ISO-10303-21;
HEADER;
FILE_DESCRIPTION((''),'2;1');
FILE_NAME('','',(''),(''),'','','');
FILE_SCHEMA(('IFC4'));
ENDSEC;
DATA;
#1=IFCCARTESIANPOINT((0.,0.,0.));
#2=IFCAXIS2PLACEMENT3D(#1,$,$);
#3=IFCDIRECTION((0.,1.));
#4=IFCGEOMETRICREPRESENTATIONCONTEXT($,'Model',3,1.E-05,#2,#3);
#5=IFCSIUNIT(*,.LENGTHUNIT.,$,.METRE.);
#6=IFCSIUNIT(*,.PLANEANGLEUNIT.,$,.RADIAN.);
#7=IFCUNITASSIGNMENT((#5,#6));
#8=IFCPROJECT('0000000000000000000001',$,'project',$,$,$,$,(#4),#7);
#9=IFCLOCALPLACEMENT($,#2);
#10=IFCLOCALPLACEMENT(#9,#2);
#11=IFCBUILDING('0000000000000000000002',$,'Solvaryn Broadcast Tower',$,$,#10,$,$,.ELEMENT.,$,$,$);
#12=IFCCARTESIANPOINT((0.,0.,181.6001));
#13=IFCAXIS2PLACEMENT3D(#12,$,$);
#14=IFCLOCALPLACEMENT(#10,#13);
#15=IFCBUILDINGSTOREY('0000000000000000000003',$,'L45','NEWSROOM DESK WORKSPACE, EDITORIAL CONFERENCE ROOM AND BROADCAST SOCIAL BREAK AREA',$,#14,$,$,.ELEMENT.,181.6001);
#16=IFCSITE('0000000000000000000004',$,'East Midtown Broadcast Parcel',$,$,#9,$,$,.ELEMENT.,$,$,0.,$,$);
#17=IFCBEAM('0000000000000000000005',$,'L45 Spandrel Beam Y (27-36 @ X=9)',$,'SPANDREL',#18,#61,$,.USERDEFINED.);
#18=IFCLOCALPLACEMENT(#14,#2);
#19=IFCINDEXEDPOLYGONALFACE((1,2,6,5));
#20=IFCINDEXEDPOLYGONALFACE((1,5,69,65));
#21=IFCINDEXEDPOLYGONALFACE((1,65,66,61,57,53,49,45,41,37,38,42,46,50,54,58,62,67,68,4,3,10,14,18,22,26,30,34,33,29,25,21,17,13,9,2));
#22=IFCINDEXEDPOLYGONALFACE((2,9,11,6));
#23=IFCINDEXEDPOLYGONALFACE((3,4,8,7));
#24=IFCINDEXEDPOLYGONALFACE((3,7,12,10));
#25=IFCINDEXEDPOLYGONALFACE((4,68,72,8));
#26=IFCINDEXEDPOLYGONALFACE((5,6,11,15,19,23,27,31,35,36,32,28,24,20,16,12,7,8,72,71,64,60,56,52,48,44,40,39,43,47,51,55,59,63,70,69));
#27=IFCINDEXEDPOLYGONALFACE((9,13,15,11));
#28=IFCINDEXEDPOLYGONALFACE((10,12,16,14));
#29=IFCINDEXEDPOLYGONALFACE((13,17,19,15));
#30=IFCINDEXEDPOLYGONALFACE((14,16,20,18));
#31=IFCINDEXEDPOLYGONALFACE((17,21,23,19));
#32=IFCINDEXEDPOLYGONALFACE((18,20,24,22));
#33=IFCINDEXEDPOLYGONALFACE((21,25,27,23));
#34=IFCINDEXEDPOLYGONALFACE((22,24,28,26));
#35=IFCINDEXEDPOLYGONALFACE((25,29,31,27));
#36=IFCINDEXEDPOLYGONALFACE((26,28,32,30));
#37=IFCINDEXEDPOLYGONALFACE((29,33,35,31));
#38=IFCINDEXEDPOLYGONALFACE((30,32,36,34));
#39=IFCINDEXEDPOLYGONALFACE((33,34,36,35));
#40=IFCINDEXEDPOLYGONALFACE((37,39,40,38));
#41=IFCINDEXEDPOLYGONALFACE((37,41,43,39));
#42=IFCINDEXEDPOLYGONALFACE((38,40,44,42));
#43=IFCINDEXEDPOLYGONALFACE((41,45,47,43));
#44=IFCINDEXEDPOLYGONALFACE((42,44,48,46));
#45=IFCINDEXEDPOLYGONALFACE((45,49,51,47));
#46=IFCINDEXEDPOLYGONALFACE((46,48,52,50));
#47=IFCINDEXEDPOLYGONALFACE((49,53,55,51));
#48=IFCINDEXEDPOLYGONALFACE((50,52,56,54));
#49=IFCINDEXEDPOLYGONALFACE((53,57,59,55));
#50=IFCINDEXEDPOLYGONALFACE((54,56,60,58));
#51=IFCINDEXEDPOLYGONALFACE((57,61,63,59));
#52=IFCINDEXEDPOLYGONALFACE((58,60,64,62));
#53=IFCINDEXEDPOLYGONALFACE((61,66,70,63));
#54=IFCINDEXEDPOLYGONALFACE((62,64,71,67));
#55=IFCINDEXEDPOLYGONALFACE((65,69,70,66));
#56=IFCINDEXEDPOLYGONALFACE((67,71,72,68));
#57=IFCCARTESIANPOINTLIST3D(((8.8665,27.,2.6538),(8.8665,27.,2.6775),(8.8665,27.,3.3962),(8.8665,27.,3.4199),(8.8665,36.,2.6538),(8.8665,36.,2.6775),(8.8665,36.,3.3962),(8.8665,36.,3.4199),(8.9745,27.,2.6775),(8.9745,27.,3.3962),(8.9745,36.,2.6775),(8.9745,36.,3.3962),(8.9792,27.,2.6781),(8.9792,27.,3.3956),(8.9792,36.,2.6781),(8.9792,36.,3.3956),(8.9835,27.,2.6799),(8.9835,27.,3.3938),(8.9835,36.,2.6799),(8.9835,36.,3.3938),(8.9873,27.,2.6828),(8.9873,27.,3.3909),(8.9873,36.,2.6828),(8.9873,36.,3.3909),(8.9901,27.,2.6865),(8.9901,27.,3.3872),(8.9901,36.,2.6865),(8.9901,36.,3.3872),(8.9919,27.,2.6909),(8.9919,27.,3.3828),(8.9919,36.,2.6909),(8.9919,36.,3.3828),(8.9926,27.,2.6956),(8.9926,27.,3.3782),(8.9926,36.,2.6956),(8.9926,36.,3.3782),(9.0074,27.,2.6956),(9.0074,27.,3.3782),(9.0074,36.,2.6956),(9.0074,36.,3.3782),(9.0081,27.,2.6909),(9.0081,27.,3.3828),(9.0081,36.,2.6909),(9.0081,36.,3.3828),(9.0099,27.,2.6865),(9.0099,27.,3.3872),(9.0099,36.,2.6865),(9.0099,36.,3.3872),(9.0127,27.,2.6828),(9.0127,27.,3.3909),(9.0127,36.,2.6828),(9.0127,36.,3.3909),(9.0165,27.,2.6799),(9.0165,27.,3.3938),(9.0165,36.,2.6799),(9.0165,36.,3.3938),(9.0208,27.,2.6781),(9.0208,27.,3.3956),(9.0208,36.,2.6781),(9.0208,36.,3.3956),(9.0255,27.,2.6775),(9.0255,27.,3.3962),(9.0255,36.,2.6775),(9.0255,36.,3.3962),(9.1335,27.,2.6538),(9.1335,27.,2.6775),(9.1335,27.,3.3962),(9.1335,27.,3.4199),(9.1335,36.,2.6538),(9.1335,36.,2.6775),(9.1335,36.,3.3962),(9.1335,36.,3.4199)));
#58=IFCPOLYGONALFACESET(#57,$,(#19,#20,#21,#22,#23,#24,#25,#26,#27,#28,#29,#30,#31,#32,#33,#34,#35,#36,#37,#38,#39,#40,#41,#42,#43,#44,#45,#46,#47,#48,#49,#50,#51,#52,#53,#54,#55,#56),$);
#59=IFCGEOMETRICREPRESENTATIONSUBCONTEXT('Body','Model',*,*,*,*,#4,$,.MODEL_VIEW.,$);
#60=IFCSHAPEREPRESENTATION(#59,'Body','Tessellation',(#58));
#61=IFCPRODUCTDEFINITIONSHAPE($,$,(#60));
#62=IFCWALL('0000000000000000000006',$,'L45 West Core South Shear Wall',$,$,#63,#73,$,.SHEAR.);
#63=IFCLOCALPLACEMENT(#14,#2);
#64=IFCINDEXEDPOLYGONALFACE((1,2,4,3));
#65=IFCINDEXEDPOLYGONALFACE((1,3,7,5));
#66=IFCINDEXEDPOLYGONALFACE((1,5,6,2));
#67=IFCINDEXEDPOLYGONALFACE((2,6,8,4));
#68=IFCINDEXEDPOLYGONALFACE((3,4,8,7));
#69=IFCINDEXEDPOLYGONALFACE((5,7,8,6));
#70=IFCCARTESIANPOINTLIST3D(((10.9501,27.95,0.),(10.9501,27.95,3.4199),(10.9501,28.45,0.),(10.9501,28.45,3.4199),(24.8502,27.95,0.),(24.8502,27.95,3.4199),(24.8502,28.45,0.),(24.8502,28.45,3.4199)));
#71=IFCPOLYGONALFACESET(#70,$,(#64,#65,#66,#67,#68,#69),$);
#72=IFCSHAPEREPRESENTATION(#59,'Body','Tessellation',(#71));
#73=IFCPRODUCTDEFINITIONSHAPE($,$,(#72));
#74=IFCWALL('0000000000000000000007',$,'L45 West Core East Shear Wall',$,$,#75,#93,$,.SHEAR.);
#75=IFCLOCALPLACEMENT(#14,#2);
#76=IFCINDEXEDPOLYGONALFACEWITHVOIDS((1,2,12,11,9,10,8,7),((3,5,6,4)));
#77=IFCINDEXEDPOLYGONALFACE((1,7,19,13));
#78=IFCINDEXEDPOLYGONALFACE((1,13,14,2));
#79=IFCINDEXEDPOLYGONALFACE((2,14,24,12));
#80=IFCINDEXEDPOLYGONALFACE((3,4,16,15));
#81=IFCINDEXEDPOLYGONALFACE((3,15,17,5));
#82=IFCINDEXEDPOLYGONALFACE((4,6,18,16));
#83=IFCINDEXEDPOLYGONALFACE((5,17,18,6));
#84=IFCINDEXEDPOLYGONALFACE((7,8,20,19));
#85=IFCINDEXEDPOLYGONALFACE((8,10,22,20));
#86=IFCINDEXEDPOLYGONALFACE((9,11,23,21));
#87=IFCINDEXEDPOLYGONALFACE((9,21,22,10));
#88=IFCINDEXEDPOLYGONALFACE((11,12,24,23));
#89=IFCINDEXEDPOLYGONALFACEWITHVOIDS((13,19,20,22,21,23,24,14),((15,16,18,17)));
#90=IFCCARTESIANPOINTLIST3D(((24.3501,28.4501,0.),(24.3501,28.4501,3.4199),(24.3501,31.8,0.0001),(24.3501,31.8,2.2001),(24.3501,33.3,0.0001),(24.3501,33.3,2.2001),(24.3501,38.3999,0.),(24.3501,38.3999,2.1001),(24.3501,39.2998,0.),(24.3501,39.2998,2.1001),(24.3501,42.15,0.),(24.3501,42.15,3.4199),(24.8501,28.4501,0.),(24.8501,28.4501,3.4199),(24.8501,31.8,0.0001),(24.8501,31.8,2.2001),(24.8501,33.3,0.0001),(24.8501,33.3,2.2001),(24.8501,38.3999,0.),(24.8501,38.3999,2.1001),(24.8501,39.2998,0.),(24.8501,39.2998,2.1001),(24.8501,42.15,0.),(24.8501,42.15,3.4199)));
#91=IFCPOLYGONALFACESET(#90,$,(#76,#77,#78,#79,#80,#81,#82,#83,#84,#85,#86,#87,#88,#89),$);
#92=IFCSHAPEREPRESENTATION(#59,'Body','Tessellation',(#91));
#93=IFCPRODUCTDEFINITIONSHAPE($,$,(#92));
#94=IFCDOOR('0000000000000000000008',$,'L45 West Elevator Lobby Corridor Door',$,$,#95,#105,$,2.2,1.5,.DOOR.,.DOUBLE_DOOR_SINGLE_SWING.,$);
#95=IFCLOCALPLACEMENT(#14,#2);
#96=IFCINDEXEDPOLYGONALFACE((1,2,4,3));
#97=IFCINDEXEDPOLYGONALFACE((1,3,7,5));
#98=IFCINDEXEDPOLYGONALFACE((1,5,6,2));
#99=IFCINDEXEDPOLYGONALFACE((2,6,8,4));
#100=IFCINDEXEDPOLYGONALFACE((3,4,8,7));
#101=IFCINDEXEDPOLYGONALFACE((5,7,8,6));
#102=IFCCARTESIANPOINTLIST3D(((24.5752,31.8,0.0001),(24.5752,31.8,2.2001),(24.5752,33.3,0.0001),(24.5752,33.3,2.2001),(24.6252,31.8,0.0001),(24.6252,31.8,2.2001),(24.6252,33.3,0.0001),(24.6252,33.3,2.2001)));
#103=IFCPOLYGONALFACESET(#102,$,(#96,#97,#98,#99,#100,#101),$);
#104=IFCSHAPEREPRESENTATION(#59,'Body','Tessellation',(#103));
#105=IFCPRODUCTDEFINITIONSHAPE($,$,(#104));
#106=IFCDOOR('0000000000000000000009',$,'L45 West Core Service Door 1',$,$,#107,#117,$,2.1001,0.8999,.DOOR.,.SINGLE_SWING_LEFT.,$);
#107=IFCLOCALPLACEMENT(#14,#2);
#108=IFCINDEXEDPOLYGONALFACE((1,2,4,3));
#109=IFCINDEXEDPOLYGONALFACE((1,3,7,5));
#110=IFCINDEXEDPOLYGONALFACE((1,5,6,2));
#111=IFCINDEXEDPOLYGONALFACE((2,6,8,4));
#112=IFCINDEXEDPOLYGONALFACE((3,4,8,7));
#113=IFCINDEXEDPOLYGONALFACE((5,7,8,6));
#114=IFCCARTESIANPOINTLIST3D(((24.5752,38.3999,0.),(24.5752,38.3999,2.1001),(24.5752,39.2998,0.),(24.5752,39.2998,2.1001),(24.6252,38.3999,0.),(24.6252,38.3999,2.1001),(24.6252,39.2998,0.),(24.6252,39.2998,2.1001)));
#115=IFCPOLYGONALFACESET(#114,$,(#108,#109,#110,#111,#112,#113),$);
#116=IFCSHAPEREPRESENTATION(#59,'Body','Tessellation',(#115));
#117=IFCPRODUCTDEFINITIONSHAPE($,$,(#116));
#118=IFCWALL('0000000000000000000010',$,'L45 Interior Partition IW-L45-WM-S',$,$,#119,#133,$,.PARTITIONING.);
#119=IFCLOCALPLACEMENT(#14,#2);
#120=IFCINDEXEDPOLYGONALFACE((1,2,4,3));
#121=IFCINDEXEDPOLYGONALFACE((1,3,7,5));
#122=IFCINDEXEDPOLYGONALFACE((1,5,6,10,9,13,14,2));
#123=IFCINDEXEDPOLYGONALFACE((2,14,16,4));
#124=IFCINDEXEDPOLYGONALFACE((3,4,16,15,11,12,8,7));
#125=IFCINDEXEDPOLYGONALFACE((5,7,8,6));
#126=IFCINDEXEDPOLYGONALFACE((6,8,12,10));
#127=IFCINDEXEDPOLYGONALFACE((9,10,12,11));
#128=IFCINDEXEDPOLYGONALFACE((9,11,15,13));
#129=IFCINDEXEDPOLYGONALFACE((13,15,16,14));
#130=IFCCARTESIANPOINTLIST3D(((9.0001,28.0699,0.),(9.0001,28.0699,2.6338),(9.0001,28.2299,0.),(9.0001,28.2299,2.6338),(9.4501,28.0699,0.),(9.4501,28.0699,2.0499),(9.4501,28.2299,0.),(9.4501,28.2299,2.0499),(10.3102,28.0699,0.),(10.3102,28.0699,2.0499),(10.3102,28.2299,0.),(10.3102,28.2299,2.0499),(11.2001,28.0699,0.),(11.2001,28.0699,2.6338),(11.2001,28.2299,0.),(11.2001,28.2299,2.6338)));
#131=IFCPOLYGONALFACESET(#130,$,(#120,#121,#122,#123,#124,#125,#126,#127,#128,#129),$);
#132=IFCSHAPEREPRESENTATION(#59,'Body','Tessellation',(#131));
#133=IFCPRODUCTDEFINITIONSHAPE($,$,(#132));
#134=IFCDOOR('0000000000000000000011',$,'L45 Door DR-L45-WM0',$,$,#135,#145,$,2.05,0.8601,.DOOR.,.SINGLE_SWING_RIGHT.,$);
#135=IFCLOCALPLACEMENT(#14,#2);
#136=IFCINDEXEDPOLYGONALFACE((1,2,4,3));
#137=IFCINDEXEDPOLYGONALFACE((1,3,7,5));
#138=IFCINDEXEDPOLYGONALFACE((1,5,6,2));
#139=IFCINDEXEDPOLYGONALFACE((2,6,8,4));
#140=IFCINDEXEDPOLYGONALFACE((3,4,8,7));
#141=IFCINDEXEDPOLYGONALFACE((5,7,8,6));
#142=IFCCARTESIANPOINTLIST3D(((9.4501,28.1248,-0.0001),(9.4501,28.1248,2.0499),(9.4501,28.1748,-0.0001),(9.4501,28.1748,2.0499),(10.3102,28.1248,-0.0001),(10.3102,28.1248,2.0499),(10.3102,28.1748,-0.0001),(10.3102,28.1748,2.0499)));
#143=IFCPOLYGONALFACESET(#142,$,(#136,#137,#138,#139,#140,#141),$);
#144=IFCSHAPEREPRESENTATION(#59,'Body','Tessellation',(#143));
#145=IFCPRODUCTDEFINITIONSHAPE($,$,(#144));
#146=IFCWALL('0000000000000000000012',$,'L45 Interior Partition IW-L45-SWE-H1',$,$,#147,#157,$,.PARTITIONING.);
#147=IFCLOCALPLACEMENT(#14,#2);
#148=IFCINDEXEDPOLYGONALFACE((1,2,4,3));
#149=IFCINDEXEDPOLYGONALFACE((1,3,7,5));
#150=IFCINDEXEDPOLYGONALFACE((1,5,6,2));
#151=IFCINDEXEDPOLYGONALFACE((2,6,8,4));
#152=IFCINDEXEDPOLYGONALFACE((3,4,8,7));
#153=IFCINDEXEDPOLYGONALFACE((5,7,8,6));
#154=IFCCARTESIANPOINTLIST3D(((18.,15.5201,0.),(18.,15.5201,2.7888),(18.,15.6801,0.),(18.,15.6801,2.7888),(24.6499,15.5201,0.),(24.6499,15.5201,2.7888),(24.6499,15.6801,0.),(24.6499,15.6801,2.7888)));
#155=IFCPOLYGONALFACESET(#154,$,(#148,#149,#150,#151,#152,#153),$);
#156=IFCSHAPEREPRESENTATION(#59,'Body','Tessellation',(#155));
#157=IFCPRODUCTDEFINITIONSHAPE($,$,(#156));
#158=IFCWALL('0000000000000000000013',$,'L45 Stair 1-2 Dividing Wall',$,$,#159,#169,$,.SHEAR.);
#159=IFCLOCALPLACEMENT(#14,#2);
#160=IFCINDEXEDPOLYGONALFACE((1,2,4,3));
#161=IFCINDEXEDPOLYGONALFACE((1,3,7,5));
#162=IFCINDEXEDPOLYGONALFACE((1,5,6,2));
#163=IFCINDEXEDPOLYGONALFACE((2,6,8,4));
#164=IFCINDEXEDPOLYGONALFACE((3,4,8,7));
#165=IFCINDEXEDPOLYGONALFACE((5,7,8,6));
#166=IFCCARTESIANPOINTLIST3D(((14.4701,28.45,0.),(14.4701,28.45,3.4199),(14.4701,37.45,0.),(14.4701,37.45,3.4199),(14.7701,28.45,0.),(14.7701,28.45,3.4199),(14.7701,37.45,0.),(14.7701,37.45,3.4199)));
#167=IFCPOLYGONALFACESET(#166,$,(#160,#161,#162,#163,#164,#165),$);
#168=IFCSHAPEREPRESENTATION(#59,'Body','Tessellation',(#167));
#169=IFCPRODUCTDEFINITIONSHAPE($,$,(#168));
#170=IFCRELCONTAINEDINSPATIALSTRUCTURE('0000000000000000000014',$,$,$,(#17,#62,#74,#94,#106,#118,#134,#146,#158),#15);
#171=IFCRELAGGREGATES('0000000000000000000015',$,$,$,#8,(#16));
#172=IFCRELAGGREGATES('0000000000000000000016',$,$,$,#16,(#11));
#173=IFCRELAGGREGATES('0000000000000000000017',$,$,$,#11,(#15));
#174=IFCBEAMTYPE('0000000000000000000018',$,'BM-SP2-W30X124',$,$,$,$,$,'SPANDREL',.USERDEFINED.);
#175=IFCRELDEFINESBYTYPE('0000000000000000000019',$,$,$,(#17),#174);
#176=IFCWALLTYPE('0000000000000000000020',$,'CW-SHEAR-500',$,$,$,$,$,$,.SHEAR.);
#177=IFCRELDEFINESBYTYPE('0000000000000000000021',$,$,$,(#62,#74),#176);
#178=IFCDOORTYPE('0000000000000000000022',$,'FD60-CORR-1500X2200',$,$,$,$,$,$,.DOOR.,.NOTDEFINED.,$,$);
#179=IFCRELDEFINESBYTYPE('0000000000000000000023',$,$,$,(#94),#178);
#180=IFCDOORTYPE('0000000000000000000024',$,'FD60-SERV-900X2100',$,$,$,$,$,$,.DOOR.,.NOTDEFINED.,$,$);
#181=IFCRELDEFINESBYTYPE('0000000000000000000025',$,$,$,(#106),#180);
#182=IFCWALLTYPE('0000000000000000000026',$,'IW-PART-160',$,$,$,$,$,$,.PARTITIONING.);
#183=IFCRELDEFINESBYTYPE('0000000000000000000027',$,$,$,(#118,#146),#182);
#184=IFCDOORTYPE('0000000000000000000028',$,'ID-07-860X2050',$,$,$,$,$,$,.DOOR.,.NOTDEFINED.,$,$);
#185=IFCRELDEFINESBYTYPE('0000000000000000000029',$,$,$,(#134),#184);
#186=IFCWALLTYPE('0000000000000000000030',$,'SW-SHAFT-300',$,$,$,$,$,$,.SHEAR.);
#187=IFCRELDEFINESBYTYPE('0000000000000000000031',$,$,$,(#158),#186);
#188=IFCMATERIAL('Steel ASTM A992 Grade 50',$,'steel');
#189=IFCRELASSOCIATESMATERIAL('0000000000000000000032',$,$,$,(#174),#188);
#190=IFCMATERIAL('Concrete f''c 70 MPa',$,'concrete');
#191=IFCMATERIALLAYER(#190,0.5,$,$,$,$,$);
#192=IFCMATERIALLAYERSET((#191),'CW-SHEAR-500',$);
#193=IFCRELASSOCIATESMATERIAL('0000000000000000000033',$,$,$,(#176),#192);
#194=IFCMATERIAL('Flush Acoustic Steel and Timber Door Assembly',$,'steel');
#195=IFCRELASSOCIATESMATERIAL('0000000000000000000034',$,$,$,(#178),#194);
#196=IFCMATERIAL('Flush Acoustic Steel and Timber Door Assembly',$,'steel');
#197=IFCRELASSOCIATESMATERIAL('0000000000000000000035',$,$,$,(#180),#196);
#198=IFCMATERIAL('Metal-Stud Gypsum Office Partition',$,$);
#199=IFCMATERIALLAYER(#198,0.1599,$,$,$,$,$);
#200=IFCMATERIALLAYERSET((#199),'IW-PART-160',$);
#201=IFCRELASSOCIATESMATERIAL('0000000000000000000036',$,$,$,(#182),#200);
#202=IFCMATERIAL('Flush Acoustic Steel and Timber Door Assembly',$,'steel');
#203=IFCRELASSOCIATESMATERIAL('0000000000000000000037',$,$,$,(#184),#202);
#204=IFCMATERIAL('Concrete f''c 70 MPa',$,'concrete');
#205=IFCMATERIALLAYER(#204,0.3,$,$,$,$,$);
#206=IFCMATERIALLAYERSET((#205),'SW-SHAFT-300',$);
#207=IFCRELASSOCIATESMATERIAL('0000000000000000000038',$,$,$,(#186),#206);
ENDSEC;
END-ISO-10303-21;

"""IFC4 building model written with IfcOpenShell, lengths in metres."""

from ifc_helpers import new_model, si_unit, direction, frame, frame_2d, origin, origin_2d, place, context, subcontext, project, spatial, rectangle, i_section, extrude, material, layer, layer_set, material_profile, profile_set, type_object, element, fill, save


model = new_model("IFC4")

# Units and contexts
model_context = context("Model", 3, precision=1e-05, world=origin(), true_north=direction((0.0, 1.0)))
body_context = subcontext(model_context, "Body", "Model", "MODEL_VIEW")
ifc_project = project(units=[si_unit("LENGTHUNIT", "METRE"), si_unit("PLANEANGLEUNIT", "RADIAN")], contexts=[model_context])

# Site, building, storey
site_placement = place(None, origin())
site = spatial("IfcSite", under=ifc_project, at=site_placement, Name="East Midtown Broadcast Parcel", CompositionType="ELEMENT", RefElevation=0.0)
building_placement = place(site_placement, origin())
building = spatial("IfcBuilding", under=site, at=building_placement, Name="Solvaryn Broadcast Tower", CompositionType="ELEMENT")
storey_placement = place(building_placement, frame((0.0, 0.0, 181.6001)))
storey = spatial("IfcBuildingStorey", under=building, at=storey_placement, Name="L45", Description="NEWSROOM DESK WORKSPACE, EDITORIAL CONFERENCE ROOM AND BROADCAST SOCIAL BREAK AREA", CompositionType="ELEMENT", Elevation=181.6001)

# Beam
ifc_material_1 = material(Name="Steel ASTM A992 Grade 50", Category="steel")
ifc_material_profile_1 = material_profile(ifc_material_1, i_section(OverallWidth=0.2671, OverallDepth=0.7661, WebThickness=0.0149, FlangeThickness=0.0237, FilletRadius=0.0181, at=origin_2d()))
ifc_profile_set_1 = profile_set([ifc_material_profile_1], Name="Steel ASTM A992 Grade 50")
beam_type_1 = type_object("IfcBeamType", Name="BM-SP2-W30X124", ElementType="SPANDREL", PredefinedType="USERDEFINED", material=ifc_profile_set_1)
beam_1_placement = place(storey_placement, frame((9.0, 27.0, 3.0369), z_axis=(0.0, 1.0, 0.0), x_axis=(-1.0, 0.0, 0.0)))
element("IfcBeam", 1, at=beam_1_placement, inside=storey, type_object=beam_type_1, Name="L45 Spandrel Beam Y (27-36 @ X=9)", ObjectType="SPANDREL", PredefinedType="USERDEFINED", context=body_context, shape_type="SweptSolid", body=[
    extrude(i_section(OverallWidth=0.2671, OverallDepth=0.7661, WebThickness=0.0149, FlangeThickness=0.0237, FilletRadius=0.0181, at=origin_2d()), origin(), (0.0, 0.0, 1.0), 9.0),
])

# Wall
ifc_material_2 = material(Name="Concrete f'c 70 MPa", Category="concrete")
ifc_layer_1 = layer(ifc_material_2, 0.5)
ifc_layer_set_1 = layer_set([ifc_layer_1], Name="CW-SHEAR-500")
wall_type_1 = type_object("IfcWallType", Name="CW-SHEAR-500", PredefinedType="SHEAR", material=ifc_layer_set_1)
wall_1_placement = place(storey_placement, frame((10.95, 28.2, 0.0), z_axis=(0.0, 0.0, 1.0), x_axis=(1.0, 0.0, 0.0)))
element("IfcWall", 2, at=wall_1_placement, inside=storey, type_object=wall_type_1, Name="L45 West Core South Shear Wall", PredefinedType="SHEAR", context=body_context, shape_type="SweptSolid", body=[
    extrude(rectangle(XDim=13.9001, YDim=0.5, at=frame_2d((6.9502, 0.0))), origin(), (0.0, 0.0, 1.0), 3.4199),
])

# Wall, openings, doors
wall_2_placement = place(storey_placement, frame((24.6001, 28.45, 0.0), z_axis=(0.0, 0.0, 1.0), x_axis=(0.0, 1.0, 0.0)))
wall_2 = element("IfcWall", 3, at=wall_2_placement, inside=storey, type_object=wall_type_1, Name="L45 West Core East Shear Wall", PredefinedType="SHEAR", context=body_context, shape_type="SweptSolid", body=[
    extrude(rectangle(XDim=13.7, YDim=0.5, at=frame_2d((6.8501, 0.0))), origin(), (0.0, 0.0, 1.0), 3.4199),
])
opening_1_placement = place(wall_2_placement, frame((3.3501, 0.0, 0.0)))
opening_1 = element("IfcOpeningElement", 4, at=opening_1_placement, cuts=wall_2, PredefinedType="OPENING", context=body_context, shape_type="SweptSolid", body=[
    extrude(rectangle(XDim=1.5, YDim=2.2, at=frame_2d((0.75, 1.1001))), frame((0.0, 0.26, 0.0), z_axis=(0.0, -1.0, 0.0), x_axis=(1.0, 0.0, 0.0)), (0.0, 0.0, 1.0), 0.52),
])
opening_2_placement = place(wall_2_placement, frame((9.95, 0.0, 0.0)))
opening_2 = element("IfcOpeningElement", 5, at=opening_2_placement, cuts=wall_2, PredefinedType="OPENING", context=body_context, shape_type="SweptSolid", body=[
    extrude(rectangle(XDim=0.8999, YDim=2.1001, at=frame_2d((0.45, 1.05))), frame((0.0, 0.26, 0.0), z_axis=(0.0, -1.0, 0.0), x_axis=(1.0, 0.0, 0.0)), (0.0, 0.0, 1.0), 0.52),
])
ifc_material_3 = material(Name="Flush Acoustic Steel and Timber Door Assembly", Category="steel")
door_type_1 = type_object("IfcDoorType", Name="FD60-CORR-1500X2200", OperationType="NOTDEFINED", PredefinedType="DOOR", material=ifc_material_3)
door_1_placement = place(opening_1_placement, origin())
door_1 = element("IfcDoor", 6, at=door_1_placement, inside=storey, type_object=door_type_1, Name="L45 West Elevator Lobby Corridor Door", OperationType="DOUBLE_DOOR_SINGLE_SWING", OverallHeight=2.2, OverallWidth=1.5, PredefinedType="DOOR", context=body_context, shape_type="SweptSolid", body=[
    extrude(rectangle(XDim=1.5, YDim=2.2, at=frame_2d((0.75, 1.1001))), frame((0.0, 0.0249, 0.0), z_axis=(0.0, -1.0, 0.0), x_axis=(1.0, 0.0, 0.0)), (0.0, 0.0, 1.0), 0.05),
])
fill(opening_1, door_1)
ifc_material_4 = material(Name="Flush Acoustic Steel and Timber Door Assembly", Category="steel")
door_type_2 = type_object("IfcDoorType", Name="FD60-SERV-900X2100", OperationType="NOTDEFINED", PredefinedType="DOOR", material=ifc_material_4)
door_2_placement = place(opening_2_placement, origin())
door_2 = element("IfcDoor", 7, at=door_2_placement, inside=storey, type_object=door_type_2, Name="L45 West Core Service Door 1", OperationType="SINGLE_SWING_LEFT", OverallHeight=2.1001, OverallWidth=0.8999, PredefinedType="DOOR", context=body_context, shape_type="SweptSolid", body=[
    extrude(rectangle(XDim=0.8999, YDim=2.1001, at=frame_2d((0.45, 1.05))), frame((0.0, 0.0249, 0.0), z_axis=(0.0, -1.0, 0.0), x_axis=(1.0, 0.0, 0.0)), (0.0, 0.0, 1.0), 0.05),
])
fill(opening_2, door_2)

# Wall, opening, door
ifc_material_5 = material(Name="Metal-Stud Gypsum Office Partition")
ifc_layer_2 = layer(ifc_material_5, 0.1599)
ifc_layer_set_2 = layer_set([ifc_layer_2], Name="IW-PART-160")
wall_type_2 = type_object("IfcWallType", Name="IW-PART-160", PredefinedType="PARTITIONING", material=ifc_layer_set_2)
wall_3_placement = place(storey_placement, frame((9.0, 28.1499, 0.0), z_axis=(0.0, 0.0, 1.0), x_axis=(1.0, 0.0, 0.0)))
wall_3 = element("IfcWall", 8, at=wall_3_placement, inside=storey, type_object=wall_type_2, Name="L45 Interior Partition IW-L45-WM-S", PredefinedType="PARTITIONING", context=body_context, shape_type="SweptSolid", body=[
    extrude(rectangle(XDim=2.2, YDim=0.1599, at=frame_2d((1.1001, 0.0))), origin(), (0.0, 0.0, 1.0), 2.6338),
])
opening_3_placement = place(wall_3_placement, frame((0.45, 0.0, 0.0)))
opening_3 = element("IfcOpeningElement", 9, at=opening_3_placement, cuts=wall_3, PredefinedType="OPENING", context=body_context, shape_type="SweptSolid", body=[
    extrude(rectangle(XDim=0.8601, YDim=2.05, at=frame_2d((0.4302, 1.0249))), frame((0.0, 0.0901, 0.0), z_axis=(0.0, -1.0, 0.0), x_axis=(1.0, 0.0, 0.0)), (0.0, 0.0, 1.0), 0.1799),
])
ifc_material_6 = material(Name="Flush Acoustic Steel and Timber Door Assembly", Category="steel")
door_type_3 = type_object("IfcDoorType", Name="ID-07-860X2050", OperationType="NOTDEFINED", PredefinedType="DOOR", material=ifc_material_6)
door_3_placement = place(opening_3_placement, origin())
door_3 = element("IfcDoor", 10, at=door_3_placement, inside=storey, type_object=door_type_3, Name="L45 Door DR-L45-WM0", OperationType="SINGLE_SWING_RIGHT", OverallHeight=2.05, OverallWidth=0.8601, PredefinedType="DOOR", context=body_context, shape_type="SweptSolid", body=[
    extrude(rectangle(XDim=0.8601, YDim=2.05, at=frame_2d((0.4302, 1.0249))), frame((0.0, 0.0249, 0.0), z_axis=(0.0, -1.0, 0.0), x_axis=(1.0, 0.0, 0.0)), (0.0, 0.0, 1.0), 0.05),
])
fill(opening_3, door_3)

# Walls
wall_4_placement = place(storey_placement, frame((18.0, 15.6001, 0.0), z_axis=(0.0, 0.0, 1.0), x_axis=(1.0, 0.0, 0.0)))
element("IfcWall", 11, at=wall_4_placement, inside=storey, type_object=wall_type_2, Name="L45 Interior Partition IW-L45-SWE-H1", PredefinedType="PARTITIONING", context=body_context, shape_type="SweptSolid", body=[
    extrude(rectangle(XDim=6.6499, YDim=0.1599, at=frame_2d((3.325, 0.0))), origin(), (0.0, 0.0, 1.0), 2.7888),
])
ifc_material_7 = material(Name="Concrete f'c 70 MPa", Category="concrete")
ifc_layer_3 = layer(ifc_material_7, 0.3)
ifc_layer_set_3 = layer_set([ifc_layer_3], Name="SW-SHAFT-300")
wall_type_3 = type_object("IfcWallType", Name="SW-SHAFT-300", PredefinedType="SHEAR", material=ifc_layer_set_3)
wall_5_placement = place(storey_placement, frame((14.6201, 28.45, 0.0), z_axis=(0.0, 0.0, 1.0), x_axis=(0.0, 1.0, 0.0)))
element("IfcWall", 12, at=wall_5_placement, inside=storey, type_object=wall_type_3, Name="L45 Stair 1-2 Dividing Wall", PredefinedType="SHEAR", context=body_context, shape_type="SweptSolid", body=[
    extrude(rectangle(XDim=9.0, YDim=0.3, at=frame_2d((4.5, 0.0))), origin(), (0.0, 0.0, 1.0), 3.4199),
])

save(model, "model.ifc")
